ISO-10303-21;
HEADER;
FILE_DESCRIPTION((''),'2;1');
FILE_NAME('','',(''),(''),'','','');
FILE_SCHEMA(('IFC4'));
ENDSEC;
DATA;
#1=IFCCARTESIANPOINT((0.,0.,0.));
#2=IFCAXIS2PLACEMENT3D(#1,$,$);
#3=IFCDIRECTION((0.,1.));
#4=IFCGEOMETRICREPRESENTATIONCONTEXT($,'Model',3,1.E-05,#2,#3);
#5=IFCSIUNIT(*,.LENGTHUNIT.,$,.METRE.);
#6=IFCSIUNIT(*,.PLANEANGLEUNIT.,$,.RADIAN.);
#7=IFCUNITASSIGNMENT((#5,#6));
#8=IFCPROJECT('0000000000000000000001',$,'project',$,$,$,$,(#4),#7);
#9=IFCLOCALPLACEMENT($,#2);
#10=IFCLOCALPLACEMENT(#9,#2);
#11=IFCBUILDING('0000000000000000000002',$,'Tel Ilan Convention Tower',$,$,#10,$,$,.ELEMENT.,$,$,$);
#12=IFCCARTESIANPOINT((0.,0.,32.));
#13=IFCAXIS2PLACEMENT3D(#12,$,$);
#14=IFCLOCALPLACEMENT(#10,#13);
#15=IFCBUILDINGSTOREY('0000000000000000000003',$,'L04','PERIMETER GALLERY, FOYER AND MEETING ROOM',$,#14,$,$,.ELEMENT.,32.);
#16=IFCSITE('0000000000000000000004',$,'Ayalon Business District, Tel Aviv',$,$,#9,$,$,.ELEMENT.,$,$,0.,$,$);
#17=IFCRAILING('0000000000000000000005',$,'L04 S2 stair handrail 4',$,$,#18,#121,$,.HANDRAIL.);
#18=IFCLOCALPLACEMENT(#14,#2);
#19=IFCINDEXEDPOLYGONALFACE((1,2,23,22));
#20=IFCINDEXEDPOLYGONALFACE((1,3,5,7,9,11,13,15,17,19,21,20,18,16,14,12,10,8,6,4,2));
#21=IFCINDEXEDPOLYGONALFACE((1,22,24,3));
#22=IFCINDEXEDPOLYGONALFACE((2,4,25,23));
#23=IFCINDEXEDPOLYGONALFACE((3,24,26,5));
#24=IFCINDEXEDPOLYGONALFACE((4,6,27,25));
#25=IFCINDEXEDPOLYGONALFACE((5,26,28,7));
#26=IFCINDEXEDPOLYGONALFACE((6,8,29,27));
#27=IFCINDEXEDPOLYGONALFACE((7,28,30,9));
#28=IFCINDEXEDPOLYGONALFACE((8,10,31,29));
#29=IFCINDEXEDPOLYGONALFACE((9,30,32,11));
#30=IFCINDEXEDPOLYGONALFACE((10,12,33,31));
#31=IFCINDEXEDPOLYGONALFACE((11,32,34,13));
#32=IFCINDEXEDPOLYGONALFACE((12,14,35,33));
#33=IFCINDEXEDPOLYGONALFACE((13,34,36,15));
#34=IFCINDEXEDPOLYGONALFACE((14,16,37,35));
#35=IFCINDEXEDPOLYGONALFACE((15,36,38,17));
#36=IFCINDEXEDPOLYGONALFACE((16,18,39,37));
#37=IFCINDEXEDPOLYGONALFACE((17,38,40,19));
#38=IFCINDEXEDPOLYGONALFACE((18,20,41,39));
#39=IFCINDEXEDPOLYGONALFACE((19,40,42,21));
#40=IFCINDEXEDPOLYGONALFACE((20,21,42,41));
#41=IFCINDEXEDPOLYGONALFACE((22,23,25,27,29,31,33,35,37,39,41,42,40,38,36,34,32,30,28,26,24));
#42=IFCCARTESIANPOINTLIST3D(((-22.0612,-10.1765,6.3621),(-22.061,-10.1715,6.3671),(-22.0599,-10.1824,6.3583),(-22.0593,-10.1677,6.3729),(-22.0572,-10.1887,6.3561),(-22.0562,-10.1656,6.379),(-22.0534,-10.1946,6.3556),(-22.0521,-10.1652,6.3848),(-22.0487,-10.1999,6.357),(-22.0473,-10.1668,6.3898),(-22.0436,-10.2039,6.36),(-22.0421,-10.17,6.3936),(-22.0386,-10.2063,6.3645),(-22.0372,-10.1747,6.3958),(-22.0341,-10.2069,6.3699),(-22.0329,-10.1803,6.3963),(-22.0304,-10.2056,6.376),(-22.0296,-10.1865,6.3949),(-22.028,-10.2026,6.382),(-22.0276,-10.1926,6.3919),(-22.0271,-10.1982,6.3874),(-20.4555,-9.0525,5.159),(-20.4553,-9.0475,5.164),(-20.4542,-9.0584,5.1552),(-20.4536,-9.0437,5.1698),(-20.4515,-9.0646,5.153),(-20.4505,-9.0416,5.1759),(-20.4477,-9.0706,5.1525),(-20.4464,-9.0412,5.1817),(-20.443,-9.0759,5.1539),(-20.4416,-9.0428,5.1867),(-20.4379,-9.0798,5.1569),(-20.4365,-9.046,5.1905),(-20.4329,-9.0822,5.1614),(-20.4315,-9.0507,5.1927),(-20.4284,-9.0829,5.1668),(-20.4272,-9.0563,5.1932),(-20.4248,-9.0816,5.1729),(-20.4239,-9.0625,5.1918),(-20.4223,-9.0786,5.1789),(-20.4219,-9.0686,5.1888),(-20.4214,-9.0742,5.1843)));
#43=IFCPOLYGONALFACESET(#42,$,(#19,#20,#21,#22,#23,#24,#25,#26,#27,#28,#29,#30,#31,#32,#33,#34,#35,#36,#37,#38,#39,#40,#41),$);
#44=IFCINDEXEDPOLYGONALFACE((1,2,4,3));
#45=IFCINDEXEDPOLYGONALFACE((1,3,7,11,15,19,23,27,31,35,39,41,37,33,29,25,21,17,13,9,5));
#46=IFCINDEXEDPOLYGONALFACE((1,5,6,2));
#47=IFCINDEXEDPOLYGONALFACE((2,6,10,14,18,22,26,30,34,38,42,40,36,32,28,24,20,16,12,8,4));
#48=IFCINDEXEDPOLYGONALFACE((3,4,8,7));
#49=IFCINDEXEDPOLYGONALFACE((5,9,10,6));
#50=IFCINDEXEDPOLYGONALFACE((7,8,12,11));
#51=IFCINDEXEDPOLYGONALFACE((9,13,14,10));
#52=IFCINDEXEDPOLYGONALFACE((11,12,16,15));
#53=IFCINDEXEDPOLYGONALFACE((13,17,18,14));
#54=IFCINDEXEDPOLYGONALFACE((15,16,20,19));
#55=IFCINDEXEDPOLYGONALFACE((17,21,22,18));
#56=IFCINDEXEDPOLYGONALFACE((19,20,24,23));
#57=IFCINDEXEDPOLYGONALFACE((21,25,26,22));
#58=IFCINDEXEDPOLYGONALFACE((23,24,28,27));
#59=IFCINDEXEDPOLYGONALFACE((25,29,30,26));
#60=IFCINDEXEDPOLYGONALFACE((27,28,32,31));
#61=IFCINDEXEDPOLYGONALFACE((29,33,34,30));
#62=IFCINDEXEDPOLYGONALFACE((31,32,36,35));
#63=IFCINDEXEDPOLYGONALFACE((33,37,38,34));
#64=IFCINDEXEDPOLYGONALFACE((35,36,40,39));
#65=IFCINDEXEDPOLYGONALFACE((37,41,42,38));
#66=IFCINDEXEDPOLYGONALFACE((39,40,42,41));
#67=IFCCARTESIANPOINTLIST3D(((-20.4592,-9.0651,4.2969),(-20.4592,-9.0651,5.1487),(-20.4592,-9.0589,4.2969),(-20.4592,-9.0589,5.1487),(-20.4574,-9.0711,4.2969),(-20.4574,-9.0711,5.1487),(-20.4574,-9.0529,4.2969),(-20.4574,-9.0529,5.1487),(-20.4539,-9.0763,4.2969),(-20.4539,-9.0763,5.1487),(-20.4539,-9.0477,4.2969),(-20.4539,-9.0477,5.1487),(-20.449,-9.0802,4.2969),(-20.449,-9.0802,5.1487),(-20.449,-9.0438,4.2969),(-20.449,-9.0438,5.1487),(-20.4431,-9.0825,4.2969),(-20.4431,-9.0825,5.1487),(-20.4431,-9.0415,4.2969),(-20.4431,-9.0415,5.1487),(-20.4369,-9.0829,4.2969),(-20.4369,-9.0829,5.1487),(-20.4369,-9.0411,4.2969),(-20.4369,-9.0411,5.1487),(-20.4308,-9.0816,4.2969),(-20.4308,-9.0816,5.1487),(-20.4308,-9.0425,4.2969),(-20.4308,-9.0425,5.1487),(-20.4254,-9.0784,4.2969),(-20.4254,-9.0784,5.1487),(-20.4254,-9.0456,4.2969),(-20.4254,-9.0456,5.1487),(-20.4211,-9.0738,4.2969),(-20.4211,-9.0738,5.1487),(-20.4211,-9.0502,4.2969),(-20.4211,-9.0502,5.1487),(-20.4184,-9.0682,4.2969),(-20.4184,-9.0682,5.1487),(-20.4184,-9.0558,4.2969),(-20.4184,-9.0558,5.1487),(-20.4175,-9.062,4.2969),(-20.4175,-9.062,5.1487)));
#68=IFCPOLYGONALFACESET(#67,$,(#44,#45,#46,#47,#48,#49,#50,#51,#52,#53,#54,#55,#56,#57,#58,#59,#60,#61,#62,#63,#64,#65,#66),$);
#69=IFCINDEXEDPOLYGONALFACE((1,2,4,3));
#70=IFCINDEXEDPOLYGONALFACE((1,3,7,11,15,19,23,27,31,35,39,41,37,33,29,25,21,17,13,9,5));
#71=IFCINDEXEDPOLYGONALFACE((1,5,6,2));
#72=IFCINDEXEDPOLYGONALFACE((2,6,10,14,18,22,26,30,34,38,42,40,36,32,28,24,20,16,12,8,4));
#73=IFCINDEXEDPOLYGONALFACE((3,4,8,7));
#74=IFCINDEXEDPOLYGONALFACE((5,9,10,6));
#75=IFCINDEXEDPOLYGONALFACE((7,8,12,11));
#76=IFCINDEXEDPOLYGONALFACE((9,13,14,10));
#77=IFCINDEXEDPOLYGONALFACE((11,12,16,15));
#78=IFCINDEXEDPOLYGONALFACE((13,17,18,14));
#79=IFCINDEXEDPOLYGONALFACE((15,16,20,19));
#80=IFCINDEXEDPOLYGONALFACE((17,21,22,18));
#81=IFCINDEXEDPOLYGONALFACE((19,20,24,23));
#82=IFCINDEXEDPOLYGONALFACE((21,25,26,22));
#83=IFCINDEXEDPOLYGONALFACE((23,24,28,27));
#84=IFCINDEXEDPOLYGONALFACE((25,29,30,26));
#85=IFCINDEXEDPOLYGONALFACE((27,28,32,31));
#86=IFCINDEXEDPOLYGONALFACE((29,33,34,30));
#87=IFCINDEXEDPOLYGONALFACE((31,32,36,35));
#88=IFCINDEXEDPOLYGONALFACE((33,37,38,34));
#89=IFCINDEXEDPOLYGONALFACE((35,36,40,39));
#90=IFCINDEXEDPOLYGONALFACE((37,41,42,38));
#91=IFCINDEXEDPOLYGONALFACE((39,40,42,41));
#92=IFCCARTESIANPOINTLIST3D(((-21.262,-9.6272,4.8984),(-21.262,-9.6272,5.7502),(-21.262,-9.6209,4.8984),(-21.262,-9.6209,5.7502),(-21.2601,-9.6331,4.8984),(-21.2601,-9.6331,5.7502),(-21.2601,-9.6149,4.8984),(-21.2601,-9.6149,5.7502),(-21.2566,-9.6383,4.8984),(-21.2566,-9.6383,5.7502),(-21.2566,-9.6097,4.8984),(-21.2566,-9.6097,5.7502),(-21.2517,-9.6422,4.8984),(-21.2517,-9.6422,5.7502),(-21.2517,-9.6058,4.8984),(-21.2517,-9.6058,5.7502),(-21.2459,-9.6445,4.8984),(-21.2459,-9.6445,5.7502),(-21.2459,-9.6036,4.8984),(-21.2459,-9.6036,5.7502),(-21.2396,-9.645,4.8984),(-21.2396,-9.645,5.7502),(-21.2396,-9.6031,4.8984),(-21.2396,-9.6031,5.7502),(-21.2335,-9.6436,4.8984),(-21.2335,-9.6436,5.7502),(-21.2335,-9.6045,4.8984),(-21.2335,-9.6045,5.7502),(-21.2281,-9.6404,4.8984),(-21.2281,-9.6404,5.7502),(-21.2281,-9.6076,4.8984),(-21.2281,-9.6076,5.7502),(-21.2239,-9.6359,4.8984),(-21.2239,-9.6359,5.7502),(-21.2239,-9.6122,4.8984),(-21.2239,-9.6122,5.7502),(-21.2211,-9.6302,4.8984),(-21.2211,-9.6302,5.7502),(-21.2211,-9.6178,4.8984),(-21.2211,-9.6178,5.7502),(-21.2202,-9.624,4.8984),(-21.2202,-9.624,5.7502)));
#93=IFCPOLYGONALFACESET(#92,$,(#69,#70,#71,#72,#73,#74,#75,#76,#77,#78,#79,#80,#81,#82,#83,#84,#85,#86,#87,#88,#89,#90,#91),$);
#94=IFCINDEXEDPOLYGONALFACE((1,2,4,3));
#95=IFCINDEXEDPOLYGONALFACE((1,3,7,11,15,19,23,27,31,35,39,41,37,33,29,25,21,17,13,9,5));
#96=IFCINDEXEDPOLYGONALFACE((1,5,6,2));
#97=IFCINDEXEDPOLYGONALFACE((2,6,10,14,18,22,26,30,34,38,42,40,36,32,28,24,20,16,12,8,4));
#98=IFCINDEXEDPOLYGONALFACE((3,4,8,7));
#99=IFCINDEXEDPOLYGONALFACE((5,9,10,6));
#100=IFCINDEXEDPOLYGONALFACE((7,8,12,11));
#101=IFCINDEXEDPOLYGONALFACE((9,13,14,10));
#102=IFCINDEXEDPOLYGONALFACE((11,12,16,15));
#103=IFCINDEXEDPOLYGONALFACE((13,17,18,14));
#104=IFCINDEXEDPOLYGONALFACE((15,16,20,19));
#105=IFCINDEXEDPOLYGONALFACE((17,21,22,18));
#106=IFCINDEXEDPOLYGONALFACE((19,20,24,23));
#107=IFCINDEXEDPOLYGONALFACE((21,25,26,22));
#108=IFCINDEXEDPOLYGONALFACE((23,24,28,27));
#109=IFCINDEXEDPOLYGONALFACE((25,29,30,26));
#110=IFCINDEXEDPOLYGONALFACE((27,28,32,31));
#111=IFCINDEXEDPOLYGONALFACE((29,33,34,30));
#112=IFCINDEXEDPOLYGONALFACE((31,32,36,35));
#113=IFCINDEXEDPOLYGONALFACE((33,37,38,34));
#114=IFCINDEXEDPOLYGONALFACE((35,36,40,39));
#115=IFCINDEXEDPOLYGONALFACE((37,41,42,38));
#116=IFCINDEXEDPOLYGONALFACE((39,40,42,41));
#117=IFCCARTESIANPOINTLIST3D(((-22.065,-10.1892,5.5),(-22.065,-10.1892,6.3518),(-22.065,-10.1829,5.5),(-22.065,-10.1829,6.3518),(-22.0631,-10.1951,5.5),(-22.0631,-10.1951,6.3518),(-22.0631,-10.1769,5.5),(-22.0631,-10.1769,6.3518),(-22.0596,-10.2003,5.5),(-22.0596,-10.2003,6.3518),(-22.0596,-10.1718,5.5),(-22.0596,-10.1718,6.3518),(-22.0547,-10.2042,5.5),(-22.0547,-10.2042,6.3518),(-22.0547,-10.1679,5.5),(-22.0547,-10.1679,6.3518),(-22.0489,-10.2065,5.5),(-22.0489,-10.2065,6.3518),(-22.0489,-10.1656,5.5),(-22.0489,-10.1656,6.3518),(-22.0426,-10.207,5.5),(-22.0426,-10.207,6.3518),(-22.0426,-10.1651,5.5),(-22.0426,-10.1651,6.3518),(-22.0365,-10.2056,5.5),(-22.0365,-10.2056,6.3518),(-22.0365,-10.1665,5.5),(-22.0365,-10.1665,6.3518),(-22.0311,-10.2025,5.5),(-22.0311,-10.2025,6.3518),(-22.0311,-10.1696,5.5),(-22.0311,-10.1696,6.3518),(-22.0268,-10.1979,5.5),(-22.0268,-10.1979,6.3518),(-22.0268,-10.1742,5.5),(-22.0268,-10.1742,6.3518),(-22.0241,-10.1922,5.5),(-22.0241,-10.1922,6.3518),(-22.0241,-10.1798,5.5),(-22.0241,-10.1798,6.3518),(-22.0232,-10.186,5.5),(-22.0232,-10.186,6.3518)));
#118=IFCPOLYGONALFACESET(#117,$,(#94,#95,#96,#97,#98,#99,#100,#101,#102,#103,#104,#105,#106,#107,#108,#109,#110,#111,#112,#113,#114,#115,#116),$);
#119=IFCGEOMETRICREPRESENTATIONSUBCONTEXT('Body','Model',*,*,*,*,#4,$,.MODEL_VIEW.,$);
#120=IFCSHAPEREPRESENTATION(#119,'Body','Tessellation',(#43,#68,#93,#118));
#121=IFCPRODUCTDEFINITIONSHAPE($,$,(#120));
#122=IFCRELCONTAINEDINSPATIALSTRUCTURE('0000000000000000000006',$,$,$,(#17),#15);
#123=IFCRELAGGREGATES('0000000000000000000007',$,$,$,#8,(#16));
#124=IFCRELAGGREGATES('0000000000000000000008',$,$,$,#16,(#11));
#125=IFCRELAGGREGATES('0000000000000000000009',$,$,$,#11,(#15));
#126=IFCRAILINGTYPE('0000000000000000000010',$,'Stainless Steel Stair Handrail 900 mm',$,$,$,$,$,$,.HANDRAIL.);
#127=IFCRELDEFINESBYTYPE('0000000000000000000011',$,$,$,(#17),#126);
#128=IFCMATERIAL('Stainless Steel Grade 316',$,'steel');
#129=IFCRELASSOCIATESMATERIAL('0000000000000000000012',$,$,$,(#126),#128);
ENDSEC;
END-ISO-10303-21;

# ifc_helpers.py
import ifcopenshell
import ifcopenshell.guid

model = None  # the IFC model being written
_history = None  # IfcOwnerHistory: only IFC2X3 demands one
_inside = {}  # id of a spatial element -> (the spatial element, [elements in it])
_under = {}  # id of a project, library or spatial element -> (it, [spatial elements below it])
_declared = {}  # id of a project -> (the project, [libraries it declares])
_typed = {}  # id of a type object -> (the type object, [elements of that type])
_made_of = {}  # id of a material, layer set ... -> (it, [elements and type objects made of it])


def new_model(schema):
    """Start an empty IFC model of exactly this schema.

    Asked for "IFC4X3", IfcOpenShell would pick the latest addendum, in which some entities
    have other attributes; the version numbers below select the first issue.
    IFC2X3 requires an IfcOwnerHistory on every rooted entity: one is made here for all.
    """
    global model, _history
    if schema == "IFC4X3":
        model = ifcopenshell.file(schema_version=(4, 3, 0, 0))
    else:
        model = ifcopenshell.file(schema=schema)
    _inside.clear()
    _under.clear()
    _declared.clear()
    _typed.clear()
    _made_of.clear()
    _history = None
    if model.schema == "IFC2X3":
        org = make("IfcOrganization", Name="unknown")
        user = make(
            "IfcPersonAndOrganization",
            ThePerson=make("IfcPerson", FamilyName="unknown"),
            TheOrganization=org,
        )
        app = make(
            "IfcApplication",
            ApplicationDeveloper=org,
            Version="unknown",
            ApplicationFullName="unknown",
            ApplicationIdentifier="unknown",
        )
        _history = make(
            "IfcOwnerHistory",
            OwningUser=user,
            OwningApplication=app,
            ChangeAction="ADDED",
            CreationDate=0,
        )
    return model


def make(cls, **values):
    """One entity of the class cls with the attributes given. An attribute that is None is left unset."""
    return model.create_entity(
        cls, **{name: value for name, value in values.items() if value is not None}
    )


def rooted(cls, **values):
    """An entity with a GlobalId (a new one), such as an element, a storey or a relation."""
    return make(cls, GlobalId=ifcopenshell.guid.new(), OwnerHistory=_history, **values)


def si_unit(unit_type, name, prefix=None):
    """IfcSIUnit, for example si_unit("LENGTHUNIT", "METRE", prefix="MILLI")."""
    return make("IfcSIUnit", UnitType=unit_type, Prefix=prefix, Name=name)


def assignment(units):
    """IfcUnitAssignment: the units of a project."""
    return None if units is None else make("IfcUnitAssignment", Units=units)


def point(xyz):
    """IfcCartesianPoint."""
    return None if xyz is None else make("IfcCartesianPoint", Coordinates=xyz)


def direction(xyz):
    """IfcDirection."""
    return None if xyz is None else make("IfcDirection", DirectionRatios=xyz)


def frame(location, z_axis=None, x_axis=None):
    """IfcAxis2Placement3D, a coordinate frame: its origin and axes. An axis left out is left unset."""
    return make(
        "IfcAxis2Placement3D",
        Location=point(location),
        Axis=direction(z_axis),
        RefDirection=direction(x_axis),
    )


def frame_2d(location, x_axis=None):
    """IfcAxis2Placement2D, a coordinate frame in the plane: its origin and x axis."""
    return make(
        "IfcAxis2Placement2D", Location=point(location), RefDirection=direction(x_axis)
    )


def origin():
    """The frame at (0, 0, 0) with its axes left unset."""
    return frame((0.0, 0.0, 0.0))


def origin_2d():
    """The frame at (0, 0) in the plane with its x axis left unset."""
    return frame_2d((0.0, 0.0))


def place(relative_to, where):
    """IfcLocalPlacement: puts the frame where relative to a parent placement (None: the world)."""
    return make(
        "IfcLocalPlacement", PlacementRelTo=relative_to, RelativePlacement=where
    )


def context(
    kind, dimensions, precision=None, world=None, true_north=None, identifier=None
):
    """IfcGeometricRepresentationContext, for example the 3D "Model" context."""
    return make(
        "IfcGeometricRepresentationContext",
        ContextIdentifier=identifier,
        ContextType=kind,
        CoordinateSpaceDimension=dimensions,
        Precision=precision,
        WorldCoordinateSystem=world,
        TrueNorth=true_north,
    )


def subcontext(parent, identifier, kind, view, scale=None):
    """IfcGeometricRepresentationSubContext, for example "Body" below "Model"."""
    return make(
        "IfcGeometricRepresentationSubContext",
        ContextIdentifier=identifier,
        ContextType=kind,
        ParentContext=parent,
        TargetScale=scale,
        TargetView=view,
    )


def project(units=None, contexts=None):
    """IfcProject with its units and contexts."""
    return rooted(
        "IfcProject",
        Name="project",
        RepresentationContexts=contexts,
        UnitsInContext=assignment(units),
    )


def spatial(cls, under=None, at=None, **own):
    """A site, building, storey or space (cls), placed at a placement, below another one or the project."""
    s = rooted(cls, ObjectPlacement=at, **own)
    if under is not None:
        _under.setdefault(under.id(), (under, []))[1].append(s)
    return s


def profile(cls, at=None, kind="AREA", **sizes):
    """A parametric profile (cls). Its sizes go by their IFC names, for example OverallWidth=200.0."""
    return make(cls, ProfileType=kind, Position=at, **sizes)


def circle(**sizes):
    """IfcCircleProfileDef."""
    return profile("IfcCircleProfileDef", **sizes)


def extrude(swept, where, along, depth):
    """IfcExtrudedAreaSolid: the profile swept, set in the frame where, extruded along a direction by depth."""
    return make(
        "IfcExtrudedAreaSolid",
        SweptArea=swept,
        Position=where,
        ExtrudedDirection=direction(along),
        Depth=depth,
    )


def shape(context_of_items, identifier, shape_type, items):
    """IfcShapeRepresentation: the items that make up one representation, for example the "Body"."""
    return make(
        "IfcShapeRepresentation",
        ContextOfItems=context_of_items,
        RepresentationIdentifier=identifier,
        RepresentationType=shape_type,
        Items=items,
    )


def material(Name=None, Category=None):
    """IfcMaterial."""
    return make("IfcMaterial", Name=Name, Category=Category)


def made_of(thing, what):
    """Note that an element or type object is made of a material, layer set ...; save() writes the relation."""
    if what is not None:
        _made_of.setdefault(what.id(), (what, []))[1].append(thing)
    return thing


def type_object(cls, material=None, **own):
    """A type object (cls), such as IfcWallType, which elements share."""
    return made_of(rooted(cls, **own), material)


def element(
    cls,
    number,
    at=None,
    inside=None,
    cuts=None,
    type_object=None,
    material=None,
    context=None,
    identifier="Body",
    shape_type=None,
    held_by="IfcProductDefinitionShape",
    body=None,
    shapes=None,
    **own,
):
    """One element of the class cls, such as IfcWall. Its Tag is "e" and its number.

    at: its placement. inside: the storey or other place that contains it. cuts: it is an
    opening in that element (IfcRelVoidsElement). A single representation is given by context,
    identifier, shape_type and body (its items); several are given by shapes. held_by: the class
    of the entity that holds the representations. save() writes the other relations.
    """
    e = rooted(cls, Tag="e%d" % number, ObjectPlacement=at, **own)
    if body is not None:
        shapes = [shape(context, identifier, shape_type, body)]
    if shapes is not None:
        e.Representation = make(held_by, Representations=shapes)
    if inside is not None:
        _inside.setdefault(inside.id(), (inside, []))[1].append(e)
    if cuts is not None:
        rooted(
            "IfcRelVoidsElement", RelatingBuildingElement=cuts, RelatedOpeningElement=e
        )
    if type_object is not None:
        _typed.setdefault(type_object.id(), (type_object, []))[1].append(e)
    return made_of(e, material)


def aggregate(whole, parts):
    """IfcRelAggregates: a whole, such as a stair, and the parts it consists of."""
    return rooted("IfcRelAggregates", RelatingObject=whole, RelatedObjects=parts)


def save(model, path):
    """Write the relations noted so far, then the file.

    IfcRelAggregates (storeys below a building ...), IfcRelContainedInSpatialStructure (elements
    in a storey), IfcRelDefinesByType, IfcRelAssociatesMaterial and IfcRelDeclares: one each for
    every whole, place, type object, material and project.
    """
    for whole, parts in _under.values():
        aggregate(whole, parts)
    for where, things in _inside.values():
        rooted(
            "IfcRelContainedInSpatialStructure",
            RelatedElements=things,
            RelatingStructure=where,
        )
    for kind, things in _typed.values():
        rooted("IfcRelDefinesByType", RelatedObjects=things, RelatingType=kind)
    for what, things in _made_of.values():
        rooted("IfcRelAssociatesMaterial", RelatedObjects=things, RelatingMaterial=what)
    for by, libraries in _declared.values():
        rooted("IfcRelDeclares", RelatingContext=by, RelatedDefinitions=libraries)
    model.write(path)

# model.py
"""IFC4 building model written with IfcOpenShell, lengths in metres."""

from ifc_helpers import new_model, si_unit, direction, frame, origin, origin_2d, place, context, subcontext, project, spatial, circle, extrude, material, type_object, element, save


model = new_model("IFC4")

# Units and contexts
model_context = context("Model", 3, precision=1e-05, world=origin(), true_north=direction((0.0, 1.0)))
body_context = subcontext(model_context, "Body", "Model", "MODEL_VIEW")
ifc_project = project(units=[si_unit("LENGTHUNIT", "METRE"), si_unit("PLANEANGLEUNIT", "RADIAN")], contexts=[model_context])

# Site, building, storey
site_placement = place(None, origin())
site = spatial("IfcSite", under=ifc_project, at=site_placement, Name="Ayalon Business District, Tel Aviv", CompositionType="ELEMENT", RefElevation=0.0)
building_placement = place(site_placement, origin())
building = spatial("IfcBuilding", under=site, at=building_placement, Name="Tel Ilan Convention Tower", CompositionType="ELEMENT")
storey_placement = place(building_placement, frame((0.0, 0.0, 32.0)))
storey = spatial("IfcBuildingStorey", under=building, at=storey_placement, Name="L04", Description="PERIMETER GALLERY, FOYER AND MEETING ROOM", CompositionType="ELEMENT", Elevation=32.0)

# Railing
ifc_material_1 = material(Name="Stainless Steel Grade 316", Category="steel")
railing_type_1 = type_object("IfcRailingType", Name="Stainless Steel Stair Handrail 900 mm", PredefinedType="HANDRAIL", material=ifc_material_1)
railing_1_placement = place(storey_placement, frame((-20.4385, -9.062, 4.2969)))
element("IfcRailing", 1, at=railing_1_placement, inside=storey, type_object=railing_type_1, Name="L04 S2 stair handrail 4", PredefinedType="HANDRAIL", context=body_context, shape_type="SweptSolid", body=[
    extrude(circle(Radius=0.0239, at=origin_2d()), frame((0.0, 0.0, 0.876), z_axis=(-0.698185, -0.48874, 0.523135), x_axis=(0.573471, -0.819226, 0.0)), (0.0, 0.0, 1.0), 2.2998),
    extrude(circle(Radius=0.021, at=origin_2d()), origin(), (0.0, 0.0, 1.0), 0.8518),
    extrude(circle(Radius=0.021, at=origin_2d()), frame((-0.8027, -0.562, 0.6016)), (0.0, 0.0, 1.0), 0.8518),
    extrude(circle(Radius=0.021, at=origin_2d()), frame((-1.6057, -1.124, 1.2031)), (0.0, 0.0, 1.0), 0.8518),
])

save(model, "model.ifc")
